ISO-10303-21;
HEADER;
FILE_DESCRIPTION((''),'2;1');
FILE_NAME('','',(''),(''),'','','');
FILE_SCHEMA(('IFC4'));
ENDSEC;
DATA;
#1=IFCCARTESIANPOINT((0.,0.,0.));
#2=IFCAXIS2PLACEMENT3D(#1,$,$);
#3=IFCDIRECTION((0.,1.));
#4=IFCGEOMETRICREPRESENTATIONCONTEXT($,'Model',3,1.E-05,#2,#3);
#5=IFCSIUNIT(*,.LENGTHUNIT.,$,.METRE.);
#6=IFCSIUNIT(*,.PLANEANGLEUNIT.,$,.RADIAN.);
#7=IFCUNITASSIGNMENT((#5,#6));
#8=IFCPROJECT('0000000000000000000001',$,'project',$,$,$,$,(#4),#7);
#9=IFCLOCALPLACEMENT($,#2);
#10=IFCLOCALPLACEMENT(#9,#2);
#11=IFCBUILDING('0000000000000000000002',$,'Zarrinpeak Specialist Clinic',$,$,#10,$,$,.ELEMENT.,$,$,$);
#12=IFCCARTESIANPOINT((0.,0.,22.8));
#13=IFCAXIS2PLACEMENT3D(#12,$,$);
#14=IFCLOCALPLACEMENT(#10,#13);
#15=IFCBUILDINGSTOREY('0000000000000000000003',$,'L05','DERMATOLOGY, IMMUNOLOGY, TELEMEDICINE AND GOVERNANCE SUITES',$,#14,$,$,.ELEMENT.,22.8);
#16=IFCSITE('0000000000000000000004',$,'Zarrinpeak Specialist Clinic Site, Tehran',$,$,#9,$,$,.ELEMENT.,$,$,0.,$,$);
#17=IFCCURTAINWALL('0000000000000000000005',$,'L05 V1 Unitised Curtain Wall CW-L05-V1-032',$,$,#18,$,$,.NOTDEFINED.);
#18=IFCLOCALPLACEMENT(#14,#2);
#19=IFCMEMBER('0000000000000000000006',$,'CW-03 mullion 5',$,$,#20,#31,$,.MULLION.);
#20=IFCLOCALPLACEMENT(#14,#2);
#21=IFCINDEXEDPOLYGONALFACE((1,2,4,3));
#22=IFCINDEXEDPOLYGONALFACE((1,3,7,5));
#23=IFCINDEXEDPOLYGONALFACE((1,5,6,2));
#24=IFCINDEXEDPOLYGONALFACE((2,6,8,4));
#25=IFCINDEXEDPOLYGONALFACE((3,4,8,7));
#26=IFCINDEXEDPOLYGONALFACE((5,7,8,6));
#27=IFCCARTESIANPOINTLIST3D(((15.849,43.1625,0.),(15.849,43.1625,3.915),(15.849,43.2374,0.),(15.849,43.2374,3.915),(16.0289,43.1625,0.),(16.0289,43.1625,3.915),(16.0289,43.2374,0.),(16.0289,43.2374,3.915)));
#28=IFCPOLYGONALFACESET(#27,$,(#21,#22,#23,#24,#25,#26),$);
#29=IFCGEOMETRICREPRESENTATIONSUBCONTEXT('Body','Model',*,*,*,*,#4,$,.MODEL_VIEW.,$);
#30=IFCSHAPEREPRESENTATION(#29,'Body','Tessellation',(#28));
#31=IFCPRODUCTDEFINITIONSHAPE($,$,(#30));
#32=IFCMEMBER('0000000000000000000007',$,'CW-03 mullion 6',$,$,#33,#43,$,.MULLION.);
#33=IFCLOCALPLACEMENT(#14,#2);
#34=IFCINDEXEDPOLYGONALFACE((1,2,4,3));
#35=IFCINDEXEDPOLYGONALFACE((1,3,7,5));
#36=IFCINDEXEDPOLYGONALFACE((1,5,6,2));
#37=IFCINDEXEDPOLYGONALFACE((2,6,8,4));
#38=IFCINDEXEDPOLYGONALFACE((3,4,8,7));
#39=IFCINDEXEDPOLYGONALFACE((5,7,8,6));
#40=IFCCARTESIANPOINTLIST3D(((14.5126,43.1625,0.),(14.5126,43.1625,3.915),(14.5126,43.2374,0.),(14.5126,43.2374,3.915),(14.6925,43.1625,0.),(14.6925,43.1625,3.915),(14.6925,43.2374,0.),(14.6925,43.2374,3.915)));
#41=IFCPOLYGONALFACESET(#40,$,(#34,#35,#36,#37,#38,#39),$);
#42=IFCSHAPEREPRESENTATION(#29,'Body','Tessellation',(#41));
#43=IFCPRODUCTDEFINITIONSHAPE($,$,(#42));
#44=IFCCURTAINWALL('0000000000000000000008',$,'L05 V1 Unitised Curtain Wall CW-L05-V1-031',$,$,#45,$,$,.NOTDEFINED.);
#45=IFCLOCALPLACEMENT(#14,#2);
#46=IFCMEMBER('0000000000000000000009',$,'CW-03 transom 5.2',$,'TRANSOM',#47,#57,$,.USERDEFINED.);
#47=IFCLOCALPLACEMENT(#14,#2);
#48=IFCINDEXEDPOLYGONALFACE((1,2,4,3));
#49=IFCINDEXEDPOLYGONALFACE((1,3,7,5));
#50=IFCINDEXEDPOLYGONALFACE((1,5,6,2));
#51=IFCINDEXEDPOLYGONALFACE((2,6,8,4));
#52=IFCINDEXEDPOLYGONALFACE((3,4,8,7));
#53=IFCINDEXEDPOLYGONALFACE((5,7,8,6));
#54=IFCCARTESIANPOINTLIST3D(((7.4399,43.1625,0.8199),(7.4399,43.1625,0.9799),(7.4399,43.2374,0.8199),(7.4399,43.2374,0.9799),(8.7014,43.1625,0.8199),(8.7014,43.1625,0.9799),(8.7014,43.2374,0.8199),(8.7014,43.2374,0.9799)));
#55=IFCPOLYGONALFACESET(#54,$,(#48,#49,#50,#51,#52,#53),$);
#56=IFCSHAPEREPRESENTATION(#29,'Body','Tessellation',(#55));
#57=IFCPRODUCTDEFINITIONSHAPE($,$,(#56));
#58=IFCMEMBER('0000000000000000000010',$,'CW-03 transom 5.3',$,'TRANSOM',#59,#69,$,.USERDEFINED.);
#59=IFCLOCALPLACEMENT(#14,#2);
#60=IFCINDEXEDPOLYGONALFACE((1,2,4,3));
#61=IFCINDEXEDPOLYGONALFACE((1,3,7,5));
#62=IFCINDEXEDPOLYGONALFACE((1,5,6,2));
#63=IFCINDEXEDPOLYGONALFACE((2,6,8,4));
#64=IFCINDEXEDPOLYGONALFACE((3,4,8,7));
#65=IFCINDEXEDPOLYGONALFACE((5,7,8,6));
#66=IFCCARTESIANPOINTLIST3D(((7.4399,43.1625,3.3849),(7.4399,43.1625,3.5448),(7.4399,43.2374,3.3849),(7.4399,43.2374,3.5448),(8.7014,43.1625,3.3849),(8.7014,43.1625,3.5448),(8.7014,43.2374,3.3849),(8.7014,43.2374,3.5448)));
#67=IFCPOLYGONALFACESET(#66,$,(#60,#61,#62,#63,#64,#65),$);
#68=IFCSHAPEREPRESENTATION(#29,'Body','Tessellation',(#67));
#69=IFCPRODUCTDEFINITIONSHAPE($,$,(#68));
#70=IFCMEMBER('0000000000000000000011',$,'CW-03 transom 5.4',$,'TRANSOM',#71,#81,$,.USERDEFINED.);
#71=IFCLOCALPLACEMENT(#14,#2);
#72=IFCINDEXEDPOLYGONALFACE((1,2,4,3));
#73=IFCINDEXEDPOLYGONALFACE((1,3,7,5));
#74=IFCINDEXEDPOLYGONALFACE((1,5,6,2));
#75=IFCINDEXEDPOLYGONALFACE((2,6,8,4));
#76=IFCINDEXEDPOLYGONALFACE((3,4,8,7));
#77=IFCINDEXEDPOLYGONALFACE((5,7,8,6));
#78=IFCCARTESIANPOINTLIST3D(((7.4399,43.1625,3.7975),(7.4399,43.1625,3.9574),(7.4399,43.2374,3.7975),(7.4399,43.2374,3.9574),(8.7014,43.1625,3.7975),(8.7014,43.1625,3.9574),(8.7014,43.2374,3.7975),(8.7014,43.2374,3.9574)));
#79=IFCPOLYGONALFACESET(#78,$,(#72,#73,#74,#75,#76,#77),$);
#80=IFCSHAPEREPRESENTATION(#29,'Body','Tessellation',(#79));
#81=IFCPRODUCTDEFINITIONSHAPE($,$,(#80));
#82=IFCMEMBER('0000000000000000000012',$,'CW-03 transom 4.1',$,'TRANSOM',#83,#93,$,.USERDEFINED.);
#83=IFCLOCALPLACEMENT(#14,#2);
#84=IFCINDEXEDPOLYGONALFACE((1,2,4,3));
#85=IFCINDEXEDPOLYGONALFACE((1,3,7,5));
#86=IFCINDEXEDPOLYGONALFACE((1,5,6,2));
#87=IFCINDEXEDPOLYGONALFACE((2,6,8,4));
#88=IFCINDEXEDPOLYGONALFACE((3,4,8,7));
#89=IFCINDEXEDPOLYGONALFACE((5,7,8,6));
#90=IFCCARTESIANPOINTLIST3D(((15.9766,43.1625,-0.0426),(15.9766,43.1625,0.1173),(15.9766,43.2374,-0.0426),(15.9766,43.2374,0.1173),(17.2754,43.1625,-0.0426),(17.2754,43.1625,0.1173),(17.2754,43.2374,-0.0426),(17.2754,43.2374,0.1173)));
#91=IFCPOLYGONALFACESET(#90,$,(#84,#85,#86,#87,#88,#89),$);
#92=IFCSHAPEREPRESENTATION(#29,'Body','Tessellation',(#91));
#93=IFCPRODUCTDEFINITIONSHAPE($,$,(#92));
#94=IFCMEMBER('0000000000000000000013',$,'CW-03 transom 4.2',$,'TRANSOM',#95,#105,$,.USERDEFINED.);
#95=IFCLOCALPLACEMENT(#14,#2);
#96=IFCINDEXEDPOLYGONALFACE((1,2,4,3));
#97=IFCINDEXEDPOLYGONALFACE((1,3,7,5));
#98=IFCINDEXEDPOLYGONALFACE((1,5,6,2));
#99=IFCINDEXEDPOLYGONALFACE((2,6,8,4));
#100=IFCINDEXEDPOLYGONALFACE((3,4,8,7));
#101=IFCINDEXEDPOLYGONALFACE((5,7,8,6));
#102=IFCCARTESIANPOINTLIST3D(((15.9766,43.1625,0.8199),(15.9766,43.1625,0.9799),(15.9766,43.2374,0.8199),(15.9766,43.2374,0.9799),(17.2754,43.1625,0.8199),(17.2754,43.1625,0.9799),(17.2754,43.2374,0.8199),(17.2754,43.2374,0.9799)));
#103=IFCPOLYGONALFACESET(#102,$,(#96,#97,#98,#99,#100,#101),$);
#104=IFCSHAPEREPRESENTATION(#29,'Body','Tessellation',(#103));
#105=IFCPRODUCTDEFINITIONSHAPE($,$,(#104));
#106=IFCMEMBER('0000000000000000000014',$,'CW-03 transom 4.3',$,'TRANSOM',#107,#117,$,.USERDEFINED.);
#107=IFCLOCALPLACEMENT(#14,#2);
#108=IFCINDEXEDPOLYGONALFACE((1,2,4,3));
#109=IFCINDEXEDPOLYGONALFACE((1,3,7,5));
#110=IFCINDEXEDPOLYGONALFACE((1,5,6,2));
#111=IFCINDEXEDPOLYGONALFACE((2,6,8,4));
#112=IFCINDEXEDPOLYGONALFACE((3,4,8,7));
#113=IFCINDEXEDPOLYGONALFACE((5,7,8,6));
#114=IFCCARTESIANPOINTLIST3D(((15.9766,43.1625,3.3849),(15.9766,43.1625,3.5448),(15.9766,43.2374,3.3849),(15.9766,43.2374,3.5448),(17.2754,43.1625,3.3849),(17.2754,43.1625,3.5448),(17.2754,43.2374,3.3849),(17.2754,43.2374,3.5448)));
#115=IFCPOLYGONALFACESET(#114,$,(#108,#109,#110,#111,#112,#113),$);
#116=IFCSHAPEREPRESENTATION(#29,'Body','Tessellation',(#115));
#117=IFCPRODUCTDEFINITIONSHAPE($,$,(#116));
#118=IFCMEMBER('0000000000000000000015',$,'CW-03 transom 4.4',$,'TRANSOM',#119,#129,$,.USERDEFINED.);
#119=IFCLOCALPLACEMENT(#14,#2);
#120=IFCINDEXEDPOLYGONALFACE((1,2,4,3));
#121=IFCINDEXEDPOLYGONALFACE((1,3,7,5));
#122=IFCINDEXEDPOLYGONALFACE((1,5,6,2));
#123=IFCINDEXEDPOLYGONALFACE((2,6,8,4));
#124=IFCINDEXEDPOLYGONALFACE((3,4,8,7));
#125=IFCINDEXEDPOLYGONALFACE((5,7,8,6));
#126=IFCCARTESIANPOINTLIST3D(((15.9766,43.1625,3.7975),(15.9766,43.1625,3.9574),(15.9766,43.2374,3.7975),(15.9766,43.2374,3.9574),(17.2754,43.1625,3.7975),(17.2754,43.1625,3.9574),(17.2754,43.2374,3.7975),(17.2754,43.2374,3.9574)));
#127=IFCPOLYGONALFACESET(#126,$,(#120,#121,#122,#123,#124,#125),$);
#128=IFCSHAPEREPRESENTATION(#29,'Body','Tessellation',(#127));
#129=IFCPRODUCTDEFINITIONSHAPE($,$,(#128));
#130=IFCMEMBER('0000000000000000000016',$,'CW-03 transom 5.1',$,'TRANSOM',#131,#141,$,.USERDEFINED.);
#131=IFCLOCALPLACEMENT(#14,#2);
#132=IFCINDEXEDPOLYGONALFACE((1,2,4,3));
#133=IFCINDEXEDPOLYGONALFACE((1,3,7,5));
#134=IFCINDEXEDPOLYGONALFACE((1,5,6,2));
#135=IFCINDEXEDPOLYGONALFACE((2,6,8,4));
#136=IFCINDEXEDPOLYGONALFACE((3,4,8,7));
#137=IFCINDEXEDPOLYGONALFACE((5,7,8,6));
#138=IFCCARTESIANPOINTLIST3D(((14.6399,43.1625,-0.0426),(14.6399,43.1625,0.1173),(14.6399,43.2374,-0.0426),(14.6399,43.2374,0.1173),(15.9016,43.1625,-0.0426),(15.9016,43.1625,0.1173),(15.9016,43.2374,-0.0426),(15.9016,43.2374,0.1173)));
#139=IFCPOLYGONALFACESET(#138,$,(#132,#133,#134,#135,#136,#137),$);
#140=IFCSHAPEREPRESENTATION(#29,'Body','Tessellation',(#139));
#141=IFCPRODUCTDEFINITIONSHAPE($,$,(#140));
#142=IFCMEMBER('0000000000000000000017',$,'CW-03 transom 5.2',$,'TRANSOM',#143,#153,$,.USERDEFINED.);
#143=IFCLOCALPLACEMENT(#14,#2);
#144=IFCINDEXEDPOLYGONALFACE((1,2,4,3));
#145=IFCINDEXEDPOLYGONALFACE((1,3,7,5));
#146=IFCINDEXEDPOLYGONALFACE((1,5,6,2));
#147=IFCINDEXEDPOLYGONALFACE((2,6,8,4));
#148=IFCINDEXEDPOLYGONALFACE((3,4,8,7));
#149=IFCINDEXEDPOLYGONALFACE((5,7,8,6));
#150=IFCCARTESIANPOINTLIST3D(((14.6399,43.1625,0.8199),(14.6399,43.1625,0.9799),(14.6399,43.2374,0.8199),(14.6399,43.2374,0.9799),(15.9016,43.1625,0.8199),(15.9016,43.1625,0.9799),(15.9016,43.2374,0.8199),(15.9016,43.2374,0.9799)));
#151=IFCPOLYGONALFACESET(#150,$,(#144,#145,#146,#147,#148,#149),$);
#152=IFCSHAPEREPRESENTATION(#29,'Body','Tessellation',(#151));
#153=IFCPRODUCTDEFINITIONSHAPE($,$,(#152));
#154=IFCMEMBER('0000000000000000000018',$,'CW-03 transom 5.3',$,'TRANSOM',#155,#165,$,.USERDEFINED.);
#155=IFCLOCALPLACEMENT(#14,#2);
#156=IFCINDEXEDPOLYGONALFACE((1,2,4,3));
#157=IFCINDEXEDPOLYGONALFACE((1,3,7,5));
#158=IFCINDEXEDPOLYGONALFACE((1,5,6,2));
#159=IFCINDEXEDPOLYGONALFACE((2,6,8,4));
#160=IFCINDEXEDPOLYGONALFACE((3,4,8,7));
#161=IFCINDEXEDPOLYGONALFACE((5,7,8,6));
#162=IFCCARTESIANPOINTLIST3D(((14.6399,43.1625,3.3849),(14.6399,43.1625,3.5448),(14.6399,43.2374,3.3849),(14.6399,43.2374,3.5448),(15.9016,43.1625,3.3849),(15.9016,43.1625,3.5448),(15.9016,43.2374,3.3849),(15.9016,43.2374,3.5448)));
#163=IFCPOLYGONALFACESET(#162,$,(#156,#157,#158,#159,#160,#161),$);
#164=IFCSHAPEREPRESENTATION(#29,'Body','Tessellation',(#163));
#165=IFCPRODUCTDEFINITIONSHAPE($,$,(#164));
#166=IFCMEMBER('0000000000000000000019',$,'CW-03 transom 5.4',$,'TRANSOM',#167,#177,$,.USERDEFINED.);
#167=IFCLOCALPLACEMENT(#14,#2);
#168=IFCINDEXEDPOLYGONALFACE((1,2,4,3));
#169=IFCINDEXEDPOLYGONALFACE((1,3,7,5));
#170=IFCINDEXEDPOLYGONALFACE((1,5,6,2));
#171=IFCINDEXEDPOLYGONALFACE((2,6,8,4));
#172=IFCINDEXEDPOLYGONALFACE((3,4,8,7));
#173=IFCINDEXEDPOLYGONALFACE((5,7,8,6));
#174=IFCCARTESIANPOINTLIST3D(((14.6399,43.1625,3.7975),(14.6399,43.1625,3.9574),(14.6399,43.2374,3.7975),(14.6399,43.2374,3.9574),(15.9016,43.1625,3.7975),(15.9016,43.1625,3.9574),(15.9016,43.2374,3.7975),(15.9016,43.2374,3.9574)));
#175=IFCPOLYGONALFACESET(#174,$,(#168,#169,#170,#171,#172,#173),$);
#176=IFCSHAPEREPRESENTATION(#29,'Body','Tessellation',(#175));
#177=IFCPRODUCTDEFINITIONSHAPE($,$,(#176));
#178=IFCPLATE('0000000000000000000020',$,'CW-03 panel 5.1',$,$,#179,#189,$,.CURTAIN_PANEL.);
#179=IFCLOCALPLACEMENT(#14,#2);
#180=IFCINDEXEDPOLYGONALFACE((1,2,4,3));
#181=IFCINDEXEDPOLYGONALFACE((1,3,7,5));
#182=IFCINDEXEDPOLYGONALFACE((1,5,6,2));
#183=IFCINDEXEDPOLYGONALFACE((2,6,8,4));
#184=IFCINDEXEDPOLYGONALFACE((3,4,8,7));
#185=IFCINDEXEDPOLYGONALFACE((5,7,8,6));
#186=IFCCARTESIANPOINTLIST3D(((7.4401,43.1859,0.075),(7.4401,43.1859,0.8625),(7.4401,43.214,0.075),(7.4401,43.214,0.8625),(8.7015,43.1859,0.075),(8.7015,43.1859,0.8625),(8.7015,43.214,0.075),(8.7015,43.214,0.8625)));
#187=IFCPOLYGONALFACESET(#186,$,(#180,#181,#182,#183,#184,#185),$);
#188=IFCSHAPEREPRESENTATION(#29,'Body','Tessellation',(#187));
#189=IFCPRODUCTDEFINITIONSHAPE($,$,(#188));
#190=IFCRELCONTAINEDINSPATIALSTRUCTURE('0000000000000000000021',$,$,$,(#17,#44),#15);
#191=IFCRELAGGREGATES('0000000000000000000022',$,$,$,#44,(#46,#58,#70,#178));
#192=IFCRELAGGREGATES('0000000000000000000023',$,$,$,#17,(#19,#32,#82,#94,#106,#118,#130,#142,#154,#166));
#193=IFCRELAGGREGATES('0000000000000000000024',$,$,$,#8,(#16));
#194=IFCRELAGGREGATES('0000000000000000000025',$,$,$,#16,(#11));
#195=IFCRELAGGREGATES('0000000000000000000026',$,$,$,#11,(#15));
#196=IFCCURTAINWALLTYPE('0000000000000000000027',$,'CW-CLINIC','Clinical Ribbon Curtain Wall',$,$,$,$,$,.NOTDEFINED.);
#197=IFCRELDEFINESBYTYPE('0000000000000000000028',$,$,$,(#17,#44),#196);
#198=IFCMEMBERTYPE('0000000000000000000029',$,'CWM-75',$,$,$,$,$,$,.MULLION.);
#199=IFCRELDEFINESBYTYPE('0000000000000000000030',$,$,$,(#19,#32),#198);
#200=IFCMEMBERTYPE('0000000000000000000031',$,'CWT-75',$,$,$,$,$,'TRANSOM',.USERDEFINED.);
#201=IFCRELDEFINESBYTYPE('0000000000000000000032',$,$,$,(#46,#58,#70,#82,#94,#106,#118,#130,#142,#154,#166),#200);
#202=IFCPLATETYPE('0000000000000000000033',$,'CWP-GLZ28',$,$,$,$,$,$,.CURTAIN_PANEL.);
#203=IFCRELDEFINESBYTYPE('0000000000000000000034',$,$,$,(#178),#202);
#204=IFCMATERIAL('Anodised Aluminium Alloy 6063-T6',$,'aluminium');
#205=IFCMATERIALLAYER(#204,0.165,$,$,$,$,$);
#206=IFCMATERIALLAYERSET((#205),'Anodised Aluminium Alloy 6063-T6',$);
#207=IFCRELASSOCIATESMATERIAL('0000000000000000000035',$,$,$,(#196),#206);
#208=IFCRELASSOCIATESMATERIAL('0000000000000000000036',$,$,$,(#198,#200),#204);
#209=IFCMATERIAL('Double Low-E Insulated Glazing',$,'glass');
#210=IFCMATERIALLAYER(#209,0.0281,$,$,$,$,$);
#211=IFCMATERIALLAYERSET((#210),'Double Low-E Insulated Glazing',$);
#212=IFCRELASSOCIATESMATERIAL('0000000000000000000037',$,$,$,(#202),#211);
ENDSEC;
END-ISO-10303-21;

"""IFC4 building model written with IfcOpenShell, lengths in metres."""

from ifc_helpers import new_model, si_unit, direction, frame, origin, origin_2d, place, context, subcontext, project, spatial, rectangle, extrude, material, layer, layer_set, material_profile, profile_set, type_object, element, aggregate, save


model = new_model("IFC4")

# Units and contexts
model_context = context("Model", 3, precision=1e-05, world=origin(), true_north=direction((0.0, 1.0)))
body_context = subcontext(model_context, "Body", "Model", "MODEL_VIEW")
ifc_project = project(units=[si_unit("LENGTHUNIT", "METRE"), si_unit("PLANEANGLEUNIT", "RADIAN")], contexts=[model_context])

# Site, building, storey
site_placement = place(None, origin())
site = spatial("IfcSite", under=ifc_project, at=site_placement, Name="Zarrinpeak Specialist Clinic Site, Tehran", CompositionType="ELEMENT", RefElevation=0.0)
building_placement = place(site_placement, origin())
building = spatial("IfcBuilding", under=site, at=building_placement, Name="Zarrinpeak Specialist Clinic", CompositionType="ELEMENT")
storey_placement = place(building_placement, frame((0.0, 0.0, 22.8)))
storey = spatial("IfcBuildingStorey", under=building, at=storey_placement, Name="L05", Description="DERMATOLOGY, IMMUNOLOGY, TELEMEDICINE AND GOVERNANCE SUITES", CompositionType="ELEMENT", Elevation=22.8)

# Curtain walls, members
ifc_material_1 = material(Name="Anodised Aluminium Alloy 6063-T6", Category="aluminium")
ifc_layer_1 = layer(ifc_material_1, 0.165)
ifc_layer_set_1 = layer_set([ifc_layer_1], Name="Anodised Aluminium Alloy 6063-T6")
curtain_wall_type = type_object("IfcCurtainWallType", Name="CW-CLINIC", Description="Clinical Ribbon Curtain Wall", PredefinedType="NOTDEFINED", material=ifc_layer_set_1)
curtain_wall_1_placement = place(storey_placement, origin())
curtain_wall_1 = element("IfcCurtainWall", 1, at=curtain_wall_1_placement, inside=storey, type_object=curtain_wall_type, Name="L05 V1 Unitised Curtain Wall CW-L05-V1-032", PredefinedType="NOTDEFINED")
ifc_material_profile_1 = material_profile(ifc_material_1, rectangle(XDim=0.075, YDim=0.1799, at=origin_2d()), Name="ALU 75x180")
ifc_profile_set_1 = profile_set([ifc_material_profile_1], Name="Anodised Aluminium Alloy 6063-T6")
member_type_1 = type_object("IfcMemberType", Name="CWM-75", PredefinedType="MULLION", material=ifc_profile_set_1)
member_1_placement = place(storey_placement, frame((15.939, 43.2, 0.0), z_axis=(0.0, 0.0, 1.0), x_axis=(0.0, -1.0, 0.0)))
member_1 = element("IfcMember", 2, at=member_1_placement, type_object=member_type_1, Name="CW-03 mullion 5", PredefinedType="MULLION", context=body_context, shape_type="SweptSolid", body=[
    extrude(rectangle(XDim=0.075, YDim=0.1799, at=origin_2d()), origin(), (0.0, 0.0, 1.0), 3.915),
])
member_2_placement = place(storey_placement, frame((14.6025, 43.2, 0.0), z_axis=(0.0, 0.0, 1.0), x_axis=(0.0, -1.0, 0.0)))
member_2 = element("IfcMember", 3, at=member_2_placement, type_object=member_type_1, Name="CW-03 mullion 6", PredefinedType="MULLION", context=body_context, shape_type="SweptSolid", body=[
    extrude(rectangle(XDim=0.075, YDim=0.1799, at=origin_2d()), origin(), (0.0, 0.0, 1.0), 3.915),
])
curtain_wall_2_placement = place(storey_placement, origin())
curtain_wall_2 = element("IfcCurtainWall", 4, at=curtain_wall_2_placement, inside=storey, type_object=curtain_wall_type, Name="L05 V1 Unitised Curtain Wall CW-L05-V1-031", PredefinedType="NOTDEFINED")
ifc_material_profile_2 = material_profile(ifc_material_1, rectangle(XDim=0.075, YDim=0.1599, at=origin_2d()), Name="ALU 75x160")
ifc_profile_set_2 = profile_set([ifc_material_profile_2], Name="Anodised Aluminium Alloy 6063-T6")
member_type_2 = type_object("IfcMemberType", Name="CWT-75", ElementType="TRANSOM", PredefinedType="USERDEFINED", material=ifc_profile_set_2)
member_3_placement = place(storey_placement, frame((8.7014, 43.2, 0.8999), z_axis=(-1.0, 0.0, 0.0), x_axis=(0.0, -1.0, 0.0)))
member_3 = element("IfcMember", 5, at=member_3_placement, type_object=member_type_2, Name="CW-03 transom 5.2", ObjectType="TRANSOM", PredefinedType="USERDEFINED", context=body_context, shape_type="SweptSolid", body=[
    extrude(rectangle(XDim=0.075, YDim=0.1599, at=origin_2d()), origin(), (0.0, 0.0, 1.0), 1.2615),
])
member_4_placement = place(storey_placement, frame((8.7014, 43.2, 3.4648), z_axis=(-1.0, 0.0, 0.0), x_axis=(0.0, -1.0, 0.0)))
member_4 = element("IfcMember", 6, at=member_4_placement, type_object=member_type_2, Name="CW-03 transom 5.3", ObjectType="TRANSOM", PredefinedType="USERDEFINED", context=body_context, shape_type="SweptSolid", body=[
    extrude(rectangle(XDim=0.075, YDim=0.1599, at=origin_2d()), origin(), (0.0, 0.0, 1.0), 1.2615),
])
member_5_placement = place(storey_placement, frame((8.7014, 43.2, 3.8774), z_axis=(-1.0, 0.0, 0.0), x_axis=(0.0, -1.0, 0.0)))
member_5 = element("IfcMember", 7, at=member_5_placement, type_object=member_type_2, Name="CW-03 transom 5.4", ObjectType="TRANSOM", PredefinedType="USERDEFINED", context=body_context, shape_type="SweptSolid", body=[
    extrude(rectangle(XDim=0.075, YDim=0.1599, at=origin_2d()), origin(), (0.0, 0.0, 1.0), 1.2615),
])

# Members
member_6_placement = place(storey_placement, frame((17.2754, 43.2, 0.0374), z_axis=(-1.0, 0.0, 0.0), x_axis=(0.0, -1.0, 0.0)))
member_6 = element("IfcMember", 8, at=member_6_placement, type_object=member_type_2, Name="CW-03 transom 4.1", ObjectType="TRANSOM", PredefinedType="USERDEFINED", context=body_context, shape_type="SweptSolid", body=[
    extrude(rectangle(XDim=0.075, YDim=0.1599, at=origin_2d()), origin(), (0.0, 0.0, 1.0), 1.2988),
])
member_7_placement = place(storey_placement, frame((17.2754, 43.2, 0.8999), z_axis=(-1.0, 0.0, 0.0), x_axis=(0.0, -1.0, 0.0)))
member_7 = element("IfcMember", 9, at=member_7_placement, type_object=member_type_2, Name="CW-03 transom 4.2", ObjectType="TRANSOM", PredefinedType="USERDEFINED", context=body_context, shape_type="SweptSolid", body=[
    extrude(rectangle(XDim=0.075, YDim=0.1599, at=origin_2d()), origin(), (0.0, 0.0, 1.0), 1.2988),
])
member_8_placement = place(storey_placement, frame((17.2754, 43.2, 3.4648), z_axis=(-1.0, 0.0, 0.0), x_axis=(0.0, -1.0, 0.0)))
member_8 = element("IfcMember", 10, at=member_8_placement, type_object=member_type_2, Name="CW-03 transom 4.3", ObjectType="TRANSOM", PredefinedType="USERDEFINED", context=body_context, shape_type="SweptSolid", body=[
    extrude(rectangle(XDim=0.075, YDim=0.1599, at=origin_2d()), origin(), (0.0, 0.0, 1.0), 1.2988),
])
member_9_placement = place(storey_placement, frame((17.2754, 43.2, 3.8774), z_axis=(-1.0, 0.0, 0.0), x_axis=(0.0, -1.0, 0.0)))
member_9 = element("IfcMember", 11, at=member_9_placement, type_object=member_type_2, Name="CW-03 transom 4.4", ObjectType="TRANSOM", PredefinedType="USERDEFINED", context=body_context, shape_type="SweptSolid", body=[
    extrude(rectangle(XDim=0.075, YDim=0.1599, at=origin_2d()), origin(), (0.0, 0.0, 1.0), 1.2988),
])
member_10_placement = place(storey_placement, frame((15.9016, 43.2, 0.0374), z_axis=(-1.0, 0.0, 0.0), x_axis=(0.0, -1.0, 0.0)))
member_10 = element("IfcMember", 12, at=member_10_placement, type_object=member_type_2, Name="CW-03 transom 5.1", ObjectType="TRANSOM", PredefinedType="USERDEFINED", context=body_context, shape_type="SweptSolid", body=[
    extrude(rectangle(XDim=0.075, YDim=0.1599, at=origin_2d()), origin(), (0.0, 0.0, 1.0), 1.2617),
])
member_11_placement = place(storey_placement, frame((15.9016, 43.2, 0.8999), z_axis=(-1.0, 0.0, 0.0), x_axis=(0.0, -1.0, 0.0)))
member_11 = element("IfcMember", 13, at=member_11_placement, type_object=member_type_2, Name="CW-03 transom 5.2", ObjectType="TRANSOM", PredefinedType="USERDEFINED", context=body_context, shape_type="SweptSolid", body=[
    extrude(rectangle(XDim=0.075, YDim=0.1599, at=origin_2d()), origin(), (0.0, 0.0, 1.0), 1.2617),
])
member_12_placement = place(storey_placement, frame((15.9016, 43.2, 3.4648), z_axis=(-1.0, 0.0, 0.0), x_axis=(0.0, -1.0, 0.0)))
member_12 = element("IfcMember", 14, at=member_12_placement, type_object=member_type_2, Name="CW-03 transom 5.3", ObjectType="TRANSOM", PredefinedType="USERDEFINED", context=body_context, shape_type="SweptSolid", body=[
    extrude(rectangle(XDim=0.075, YDim=0.1599, at=origin_2d()), origin(), (0.0, 0.0, 1.0), 1.2617),
])
member_13_placement = place(storey_placement, frame((15.9016, 43.2, 3.8774), z_axis=(-1.0, 0.0, 0.0), x_axis=(0.0, -1.0, 0.0)))
member_13 = element("IfcMember", 15, at=member_13_placement, type_object=member_type_2, Name="CW-03 transom 5.4", ObjectType="TRANSOM", PredefinedType="USERDEFINED", context=body_context, shape_type="SweptSolid", body=[
    extrude(rectangle(XDim=0.075, YDim=0.1599, at=origin_2d()), origin(), (0.0, 0.0, 1.0), 1.2617),
])

# Plate
ifc_material_2 = material(Name="Double Low-E Insulated Glazing", Category="glass")
ifc_layer_2 = layer(ifc_material_2, 0.0281)
ifc_layer_set_2 = layer_set([ifc_layer_2], Name="Double Low-E Insulated Glazing")
plate_type = type_object("IfcPlateType", Name="CWP-GLZ28", PredefinedType="CURTAIN_PANEL", material=ifc_layer_set_2)
plate_1_placement = place(storey_placement, frame((8.0708, 43.2, 0.075), z_axis=(0.0, 0.0, 1.0), x_axis=(-1.0, 0.0, 0.0)))
plate_1 = element("IfcPlate", 16, at=plate_1_placement, type_object=plate_type, Name="CW-03 panel 5.1", PredefinedType="CURTAIN_PANEL", context=body_context, shape_type="SweptSolid", body=[
    extrude(rectangle(XDim=1.2615, YDim=0.0281, at=origin_2d()), origin(), (0.0, 0.0, 1.0), 0.7876),
])
aggregate(curtain_wall_2, [member_3, member_4, member_5, plate_1])
aggregate(curtain_wall_1, [member_1, member_2, member_6, member_7, member_8, member_9, member_10, member_11, member_12, member_13])

save(model, "model.ifc")
